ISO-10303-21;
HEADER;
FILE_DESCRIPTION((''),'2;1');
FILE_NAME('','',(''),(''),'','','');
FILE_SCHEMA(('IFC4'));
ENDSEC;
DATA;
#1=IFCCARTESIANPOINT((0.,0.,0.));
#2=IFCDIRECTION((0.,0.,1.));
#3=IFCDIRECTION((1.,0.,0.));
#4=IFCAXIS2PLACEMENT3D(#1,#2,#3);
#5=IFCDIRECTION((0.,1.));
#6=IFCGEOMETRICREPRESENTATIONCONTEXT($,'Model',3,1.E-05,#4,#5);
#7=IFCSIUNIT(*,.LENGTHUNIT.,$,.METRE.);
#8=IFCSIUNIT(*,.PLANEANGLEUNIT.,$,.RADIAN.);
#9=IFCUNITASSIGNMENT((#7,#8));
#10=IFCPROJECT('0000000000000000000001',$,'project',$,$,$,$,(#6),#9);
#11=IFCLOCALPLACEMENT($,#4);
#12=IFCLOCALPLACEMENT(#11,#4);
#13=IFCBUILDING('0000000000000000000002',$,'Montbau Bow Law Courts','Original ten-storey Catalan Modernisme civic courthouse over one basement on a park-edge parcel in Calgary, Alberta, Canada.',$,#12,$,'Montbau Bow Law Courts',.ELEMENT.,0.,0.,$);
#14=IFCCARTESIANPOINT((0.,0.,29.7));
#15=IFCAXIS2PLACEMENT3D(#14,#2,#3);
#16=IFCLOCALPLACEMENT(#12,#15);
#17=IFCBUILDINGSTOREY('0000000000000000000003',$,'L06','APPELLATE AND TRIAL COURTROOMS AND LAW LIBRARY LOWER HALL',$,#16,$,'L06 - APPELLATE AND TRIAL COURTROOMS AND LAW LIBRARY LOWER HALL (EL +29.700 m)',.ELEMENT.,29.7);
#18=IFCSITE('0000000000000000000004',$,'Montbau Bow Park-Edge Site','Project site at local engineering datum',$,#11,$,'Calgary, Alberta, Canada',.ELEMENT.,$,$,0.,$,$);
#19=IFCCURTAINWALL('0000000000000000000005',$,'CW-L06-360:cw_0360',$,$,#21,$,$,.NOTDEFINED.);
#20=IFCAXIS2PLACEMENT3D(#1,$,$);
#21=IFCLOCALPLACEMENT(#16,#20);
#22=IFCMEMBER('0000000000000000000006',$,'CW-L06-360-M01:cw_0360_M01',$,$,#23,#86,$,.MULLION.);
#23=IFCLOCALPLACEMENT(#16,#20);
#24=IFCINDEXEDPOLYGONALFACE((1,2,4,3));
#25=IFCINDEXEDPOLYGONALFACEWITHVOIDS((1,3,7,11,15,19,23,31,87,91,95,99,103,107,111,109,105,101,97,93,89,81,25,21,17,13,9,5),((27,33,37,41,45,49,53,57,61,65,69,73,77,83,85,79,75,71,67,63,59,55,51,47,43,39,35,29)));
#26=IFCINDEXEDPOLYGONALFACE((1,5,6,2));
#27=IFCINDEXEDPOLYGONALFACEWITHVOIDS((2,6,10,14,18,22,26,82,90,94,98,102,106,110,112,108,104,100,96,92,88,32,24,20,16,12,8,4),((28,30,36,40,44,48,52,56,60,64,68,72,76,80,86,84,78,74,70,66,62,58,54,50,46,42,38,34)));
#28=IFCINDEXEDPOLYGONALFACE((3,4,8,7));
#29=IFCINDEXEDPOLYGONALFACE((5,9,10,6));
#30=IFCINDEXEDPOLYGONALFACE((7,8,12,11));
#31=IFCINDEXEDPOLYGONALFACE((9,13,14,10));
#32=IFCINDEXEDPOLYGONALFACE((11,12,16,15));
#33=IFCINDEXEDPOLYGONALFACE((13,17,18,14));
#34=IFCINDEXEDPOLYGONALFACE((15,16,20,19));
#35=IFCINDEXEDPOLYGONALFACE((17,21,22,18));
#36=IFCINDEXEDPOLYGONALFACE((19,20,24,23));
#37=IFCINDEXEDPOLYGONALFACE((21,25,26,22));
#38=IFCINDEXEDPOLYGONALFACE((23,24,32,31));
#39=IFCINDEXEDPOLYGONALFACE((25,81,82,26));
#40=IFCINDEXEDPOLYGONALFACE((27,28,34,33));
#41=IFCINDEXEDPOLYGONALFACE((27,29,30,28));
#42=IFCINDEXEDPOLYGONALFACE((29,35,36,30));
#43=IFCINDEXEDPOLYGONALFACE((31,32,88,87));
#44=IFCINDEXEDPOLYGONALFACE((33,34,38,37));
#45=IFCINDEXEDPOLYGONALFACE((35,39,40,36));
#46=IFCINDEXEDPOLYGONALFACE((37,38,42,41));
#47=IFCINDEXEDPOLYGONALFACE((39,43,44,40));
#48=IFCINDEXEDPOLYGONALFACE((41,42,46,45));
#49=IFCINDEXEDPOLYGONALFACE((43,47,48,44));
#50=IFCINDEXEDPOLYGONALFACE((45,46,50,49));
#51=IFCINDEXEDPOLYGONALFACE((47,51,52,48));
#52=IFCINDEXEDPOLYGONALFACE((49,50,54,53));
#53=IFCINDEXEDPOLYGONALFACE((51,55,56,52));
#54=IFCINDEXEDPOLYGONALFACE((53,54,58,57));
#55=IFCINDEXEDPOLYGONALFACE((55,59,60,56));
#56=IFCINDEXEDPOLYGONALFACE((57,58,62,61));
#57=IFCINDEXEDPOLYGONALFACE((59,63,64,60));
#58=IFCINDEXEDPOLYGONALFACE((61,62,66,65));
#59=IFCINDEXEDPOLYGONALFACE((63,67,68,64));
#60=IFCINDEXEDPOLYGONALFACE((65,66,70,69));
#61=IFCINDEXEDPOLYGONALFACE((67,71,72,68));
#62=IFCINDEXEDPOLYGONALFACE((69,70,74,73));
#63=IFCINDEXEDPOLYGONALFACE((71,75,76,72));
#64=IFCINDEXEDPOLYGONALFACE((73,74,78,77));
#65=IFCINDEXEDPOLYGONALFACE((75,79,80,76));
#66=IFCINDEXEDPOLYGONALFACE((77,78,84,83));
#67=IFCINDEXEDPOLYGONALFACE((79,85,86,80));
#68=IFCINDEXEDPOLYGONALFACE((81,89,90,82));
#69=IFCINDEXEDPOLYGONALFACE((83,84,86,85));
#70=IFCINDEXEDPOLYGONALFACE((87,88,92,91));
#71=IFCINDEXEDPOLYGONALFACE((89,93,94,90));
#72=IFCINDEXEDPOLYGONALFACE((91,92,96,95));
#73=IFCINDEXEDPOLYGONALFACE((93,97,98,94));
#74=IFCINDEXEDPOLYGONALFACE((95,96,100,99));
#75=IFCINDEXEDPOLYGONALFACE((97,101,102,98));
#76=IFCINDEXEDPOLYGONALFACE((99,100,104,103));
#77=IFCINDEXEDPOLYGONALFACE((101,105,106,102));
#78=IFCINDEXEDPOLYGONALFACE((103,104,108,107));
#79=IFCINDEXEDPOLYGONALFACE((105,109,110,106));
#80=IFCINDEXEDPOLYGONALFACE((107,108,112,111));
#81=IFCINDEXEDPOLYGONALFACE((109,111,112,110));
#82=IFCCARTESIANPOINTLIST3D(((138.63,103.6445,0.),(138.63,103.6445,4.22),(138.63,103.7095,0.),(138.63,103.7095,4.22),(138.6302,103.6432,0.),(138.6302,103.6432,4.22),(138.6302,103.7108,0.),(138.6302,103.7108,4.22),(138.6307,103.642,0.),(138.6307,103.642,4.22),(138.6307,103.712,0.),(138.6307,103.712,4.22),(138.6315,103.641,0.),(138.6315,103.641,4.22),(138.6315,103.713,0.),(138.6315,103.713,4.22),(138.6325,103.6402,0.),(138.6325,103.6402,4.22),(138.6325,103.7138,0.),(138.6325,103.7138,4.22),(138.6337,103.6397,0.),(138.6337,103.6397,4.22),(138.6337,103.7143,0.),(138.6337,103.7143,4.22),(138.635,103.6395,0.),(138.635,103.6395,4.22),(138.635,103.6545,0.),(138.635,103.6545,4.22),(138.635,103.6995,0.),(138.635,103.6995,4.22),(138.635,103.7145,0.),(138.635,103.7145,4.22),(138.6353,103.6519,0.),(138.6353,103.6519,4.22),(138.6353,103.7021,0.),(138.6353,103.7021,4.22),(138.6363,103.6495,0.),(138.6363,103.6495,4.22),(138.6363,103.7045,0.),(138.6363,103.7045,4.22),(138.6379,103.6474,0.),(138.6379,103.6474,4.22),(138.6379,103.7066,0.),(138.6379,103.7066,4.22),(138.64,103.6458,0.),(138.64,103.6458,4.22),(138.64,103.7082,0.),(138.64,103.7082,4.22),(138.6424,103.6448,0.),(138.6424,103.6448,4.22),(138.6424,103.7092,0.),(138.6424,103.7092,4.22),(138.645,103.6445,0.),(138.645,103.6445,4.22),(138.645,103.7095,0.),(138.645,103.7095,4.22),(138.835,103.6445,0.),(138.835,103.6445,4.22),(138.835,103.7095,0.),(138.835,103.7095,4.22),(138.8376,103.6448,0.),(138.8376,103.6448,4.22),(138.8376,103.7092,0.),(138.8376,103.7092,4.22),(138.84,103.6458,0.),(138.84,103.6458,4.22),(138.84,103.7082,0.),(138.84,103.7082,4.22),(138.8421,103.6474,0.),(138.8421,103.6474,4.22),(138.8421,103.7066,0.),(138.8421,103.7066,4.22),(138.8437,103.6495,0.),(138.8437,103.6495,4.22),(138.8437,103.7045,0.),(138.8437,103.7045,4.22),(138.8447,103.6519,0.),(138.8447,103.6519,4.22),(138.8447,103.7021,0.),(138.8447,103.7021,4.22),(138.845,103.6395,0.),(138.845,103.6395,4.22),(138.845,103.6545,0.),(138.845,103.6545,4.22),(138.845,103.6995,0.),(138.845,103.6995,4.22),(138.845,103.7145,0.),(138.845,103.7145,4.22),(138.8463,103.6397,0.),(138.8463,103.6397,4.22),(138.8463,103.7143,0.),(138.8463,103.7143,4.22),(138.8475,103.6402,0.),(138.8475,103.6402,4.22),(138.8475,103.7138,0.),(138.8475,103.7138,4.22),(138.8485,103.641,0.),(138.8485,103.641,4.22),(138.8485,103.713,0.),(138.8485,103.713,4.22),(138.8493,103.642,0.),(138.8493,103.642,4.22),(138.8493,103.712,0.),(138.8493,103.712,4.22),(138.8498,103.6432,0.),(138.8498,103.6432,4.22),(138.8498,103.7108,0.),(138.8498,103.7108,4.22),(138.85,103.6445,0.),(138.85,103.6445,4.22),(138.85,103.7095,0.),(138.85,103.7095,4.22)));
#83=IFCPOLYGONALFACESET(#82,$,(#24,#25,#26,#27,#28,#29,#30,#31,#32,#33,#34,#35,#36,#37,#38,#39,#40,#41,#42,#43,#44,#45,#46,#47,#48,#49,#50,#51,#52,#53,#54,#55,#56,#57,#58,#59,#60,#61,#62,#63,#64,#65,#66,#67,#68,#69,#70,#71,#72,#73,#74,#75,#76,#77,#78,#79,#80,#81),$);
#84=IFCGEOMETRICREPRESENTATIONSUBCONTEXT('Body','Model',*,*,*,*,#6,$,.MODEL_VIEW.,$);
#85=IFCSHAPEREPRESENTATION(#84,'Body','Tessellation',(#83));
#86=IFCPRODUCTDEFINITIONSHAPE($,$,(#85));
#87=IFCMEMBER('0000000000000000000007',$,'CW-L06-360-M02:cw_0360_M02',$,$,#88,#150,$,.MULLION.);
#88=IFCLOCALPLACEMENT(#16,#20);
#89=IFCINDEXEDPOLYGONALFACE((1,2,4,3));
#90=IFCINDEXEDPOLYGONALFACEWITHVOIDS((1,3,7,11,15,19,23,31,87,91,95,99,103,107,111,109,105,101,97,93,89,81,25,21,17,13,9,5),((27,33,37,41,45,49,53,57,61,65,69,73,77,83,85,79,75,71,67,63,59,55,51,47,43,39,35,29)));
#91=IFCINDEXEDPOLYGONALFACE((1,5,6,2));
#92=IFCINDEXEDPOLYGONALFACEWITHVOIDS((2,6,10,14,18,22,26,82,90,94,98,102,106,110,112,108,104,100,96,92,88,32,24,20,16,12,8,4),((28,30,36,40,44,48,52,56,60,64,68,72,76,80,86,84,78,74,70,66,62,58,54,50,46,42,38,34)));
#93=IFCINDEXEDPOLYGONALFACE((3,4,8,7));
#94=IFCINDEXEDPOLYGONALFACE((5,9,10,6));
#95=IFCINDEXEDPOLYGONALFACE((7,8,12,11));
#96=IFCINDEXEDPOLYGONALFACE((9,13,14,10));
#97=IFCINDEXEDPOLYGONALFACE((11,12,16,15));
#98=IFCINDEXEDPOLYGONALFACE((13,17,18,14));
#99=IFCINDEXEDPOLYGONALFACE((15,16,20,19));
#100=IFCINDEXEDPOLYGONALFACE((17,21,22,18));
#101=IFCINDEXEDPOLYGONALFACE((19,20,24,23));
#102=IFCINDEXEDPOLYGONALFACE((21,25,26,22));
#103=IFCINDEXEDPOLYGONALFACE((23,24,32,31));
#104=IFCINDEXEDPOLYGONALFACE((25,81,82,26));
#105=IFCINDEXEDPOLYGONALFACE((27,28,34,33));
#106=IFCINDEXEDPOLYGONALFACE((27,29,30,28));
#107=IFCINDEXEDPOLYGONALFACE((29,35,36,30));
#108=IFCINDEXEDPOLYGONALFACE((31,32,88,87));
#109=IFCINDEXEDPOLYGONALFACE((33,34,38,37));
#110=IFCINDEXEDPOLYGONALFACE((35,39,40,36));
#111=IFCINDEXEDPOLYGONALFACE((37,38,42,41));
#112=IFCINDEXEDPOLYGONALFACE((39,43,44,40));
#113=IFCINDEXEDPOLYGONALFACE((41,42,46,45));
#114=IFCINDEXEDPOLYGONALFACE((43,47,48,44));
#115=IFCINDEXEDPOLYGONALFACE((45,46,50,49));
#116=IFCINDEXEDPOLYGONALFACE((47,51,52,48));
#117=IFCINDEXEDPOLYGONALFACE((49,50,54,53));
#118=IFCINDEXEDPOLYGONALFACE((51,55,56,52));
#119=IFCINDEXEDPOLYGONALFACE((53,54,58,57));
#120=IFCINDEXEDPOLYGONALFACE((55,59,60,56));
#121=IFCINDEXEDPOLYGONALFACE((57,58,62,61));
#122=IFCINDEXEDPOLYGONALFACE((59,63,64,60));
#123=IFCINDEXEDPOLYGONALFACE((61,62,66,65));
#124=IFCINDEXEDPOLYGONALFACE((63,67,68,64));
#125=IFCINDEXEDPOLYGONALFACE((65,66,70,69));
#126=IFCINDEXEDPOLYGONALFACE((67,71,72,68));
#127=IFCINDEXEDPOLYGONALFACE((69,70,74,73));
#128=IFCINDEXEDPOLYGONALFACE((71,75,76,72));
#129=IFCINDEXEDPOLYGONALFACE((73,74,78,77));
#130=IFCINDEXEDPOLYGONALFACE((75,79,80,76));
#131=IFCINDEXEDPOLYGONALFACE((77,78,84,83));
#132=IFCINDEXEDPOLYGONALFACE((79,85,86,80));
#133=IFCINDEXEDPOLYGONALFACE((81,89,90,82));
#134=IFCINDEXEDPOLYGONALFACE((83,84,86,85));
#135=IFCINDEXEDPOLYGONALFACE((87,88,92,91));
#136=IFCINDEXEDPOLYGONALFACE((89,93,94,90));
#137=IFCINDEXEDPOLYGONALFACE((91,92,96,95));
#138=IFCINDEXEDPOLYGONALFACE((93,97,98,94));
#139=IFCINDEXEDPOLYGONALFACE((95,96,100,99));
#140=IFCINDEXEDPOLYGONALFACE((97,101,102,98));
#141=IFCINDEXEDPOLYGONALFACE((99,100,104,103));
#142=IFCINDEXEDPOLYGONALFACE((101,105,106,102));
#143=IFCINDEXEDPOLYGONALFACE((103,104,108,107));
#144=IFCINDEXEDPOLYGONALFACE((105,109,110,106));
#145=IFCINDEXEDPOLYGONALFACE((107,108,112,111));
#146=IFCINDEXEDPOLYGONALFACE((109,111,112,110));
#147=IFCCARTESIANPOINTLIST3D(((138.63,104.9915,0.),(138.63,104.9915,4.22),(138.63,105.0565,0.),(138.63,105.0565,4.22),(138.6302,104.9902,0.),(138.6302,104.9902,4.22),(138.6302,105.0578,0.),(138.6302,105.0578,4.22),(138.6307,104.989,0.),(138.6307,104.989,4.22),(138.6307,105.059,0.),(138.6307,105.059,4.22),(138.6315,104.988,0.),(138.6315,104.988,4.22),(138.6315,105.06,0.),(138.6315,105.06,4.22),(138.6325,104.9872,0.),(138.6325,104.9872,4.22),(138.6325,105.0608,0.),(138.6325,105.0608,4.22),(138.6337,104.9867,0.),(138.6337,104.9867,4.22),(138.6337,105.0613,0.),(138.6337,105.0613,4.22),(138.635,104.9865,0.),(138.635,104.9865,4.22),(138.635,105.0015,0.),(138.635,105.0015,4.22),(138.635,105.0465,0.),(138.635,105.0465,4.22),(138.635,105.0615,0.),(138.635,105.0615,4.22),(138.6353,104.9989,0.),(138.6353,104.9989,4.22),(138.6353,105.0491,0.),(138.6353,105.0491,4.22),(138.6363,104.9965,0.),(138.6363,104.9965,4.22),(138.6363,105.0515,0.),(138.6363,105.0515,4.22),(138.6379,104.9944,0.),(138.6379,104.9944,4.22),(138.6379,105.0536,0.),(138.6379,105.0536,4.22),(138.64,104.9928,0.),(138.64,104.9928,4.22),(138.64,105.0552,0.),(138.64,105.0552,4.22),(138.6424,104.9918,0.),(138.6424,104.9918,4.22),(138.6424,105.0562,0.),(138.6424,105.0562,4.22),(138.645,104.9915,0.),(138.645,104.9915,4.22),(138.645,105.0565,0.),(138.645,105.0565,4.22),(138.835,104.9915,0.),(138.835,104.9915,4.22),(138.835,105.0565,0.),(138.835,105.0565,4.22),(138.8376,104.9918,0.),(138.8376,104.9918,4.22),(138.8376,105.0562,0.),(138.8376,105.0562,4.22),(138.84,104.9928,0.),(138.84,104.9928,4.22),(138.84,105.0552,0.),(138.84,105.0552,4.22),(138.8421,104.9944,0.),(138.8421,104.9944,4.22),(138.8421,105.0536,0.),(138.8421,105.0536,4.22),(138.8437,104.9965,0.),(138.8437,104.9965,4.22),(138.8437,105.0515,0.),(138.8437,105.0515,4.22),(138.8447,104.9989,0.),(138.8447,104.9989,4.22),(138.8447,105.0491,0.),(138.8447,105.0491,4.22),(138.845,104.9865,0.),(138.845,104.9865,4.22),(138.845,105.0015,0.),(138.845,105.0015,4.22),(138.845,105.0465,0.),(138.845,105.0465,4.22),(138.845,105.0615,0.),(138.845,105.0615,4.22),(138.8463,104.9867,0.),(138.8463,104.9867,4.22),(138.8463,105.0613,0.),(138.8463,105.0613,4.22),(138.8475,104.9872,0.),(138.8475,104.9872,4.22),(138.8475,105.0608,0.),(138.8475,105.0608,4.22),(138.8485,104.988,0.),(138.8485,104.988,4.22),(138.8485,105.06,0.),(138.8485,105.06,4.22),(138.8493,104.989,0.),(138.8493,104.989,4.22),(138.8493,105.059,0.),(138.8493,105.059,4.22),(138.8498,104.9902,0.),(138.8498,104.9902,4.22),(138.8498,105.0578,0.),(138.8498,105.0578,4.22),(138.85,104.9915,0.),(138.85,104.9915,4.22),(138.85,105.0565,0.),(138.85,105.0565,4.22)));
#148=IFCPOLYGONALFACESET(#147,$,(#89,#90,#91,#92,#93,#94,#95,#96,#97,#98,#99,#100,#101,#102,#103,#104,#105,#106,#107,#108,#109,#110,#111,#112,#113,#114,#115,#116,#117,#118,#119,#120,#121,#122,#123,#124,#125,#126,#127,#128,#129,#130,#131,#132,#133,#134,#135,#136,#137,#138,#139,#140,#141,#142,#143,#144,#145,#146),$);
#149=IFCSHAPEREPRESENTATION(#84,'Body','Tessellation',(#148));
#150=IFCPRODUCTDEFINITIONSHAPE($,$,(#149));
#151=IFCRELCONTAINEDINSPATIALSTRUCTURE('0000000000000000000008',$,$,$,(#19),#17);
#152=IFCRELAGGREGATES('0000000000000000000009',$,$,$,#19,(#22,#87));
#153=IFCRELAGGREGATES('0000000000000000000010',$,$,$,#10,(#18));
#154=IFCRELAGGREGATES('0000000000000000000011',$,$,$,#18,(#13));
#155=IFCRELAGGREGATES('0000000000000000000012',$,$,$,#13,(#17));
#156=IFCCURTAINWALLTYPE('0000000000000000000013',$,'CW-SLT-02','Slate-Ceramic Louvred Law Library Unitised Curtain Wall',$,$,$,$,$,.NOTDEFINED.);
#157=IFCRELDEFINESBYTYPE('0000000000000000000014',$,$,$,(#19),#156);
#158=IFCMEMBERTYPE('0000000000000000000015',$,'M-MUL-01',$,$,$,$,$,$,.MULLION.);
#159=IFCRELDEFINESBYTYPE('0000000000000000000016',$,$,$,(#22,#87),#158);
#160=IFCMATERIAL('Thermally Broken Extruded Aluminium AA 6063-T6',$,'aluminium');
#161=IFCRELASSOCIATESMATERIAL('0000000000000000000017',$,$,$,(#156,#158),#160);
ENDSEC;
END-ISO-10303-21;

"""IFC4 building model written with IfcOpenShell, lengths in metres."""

from ifc_helpers import new_model, si_unit, direction, frame, origin_with_axes, origin_2d_with_axis, place, context, subcontext, project, spatial, hollow_rectangle, extrude, material, material_profile, profile_set, type_object, element, aggregate, save


model = new_model("IFC4")

# Units and contexts
model_context = context("Model", 3, precision=1e-05, world=origin_with_axes(), true_north=direction((0.0, 1.0)))
body_context = subcontext(model_context, "Body", "Model", "MODEL_VIEW")
ifc_project = project(units=[si_unit("LENGTHUNIT", "METRE"), si_unit("PLANEANGLEUNIT", "RADIAN")], contexts=[model_context])

# Site, building, storey
site_placement = place(None, origin_with_axes())
site = spatial("IfcSite", under=ifc_project, at=site_placement, Name="Montbau Bow Park-Edge Site", Description="Project site at local engineering datum", LongName="Calgary, Alberta, Canada", CompositionType="ELEMENT", RefElevation=0.0)
building_placement = place(site_placement, origin_with_axes())
building = spatial("IfcBuilding", under=site, at=building_placement, Name="Montbau Bow Law Courts", Description="Original ten-storey Catalan Modernisme civic courthouse over one basement on a park-edge parcel in Calgary, Alberta, Canada.", LongName="Montbau Bow Law Courts", CompositionType="ELEMENT", ElevationOfRefHeight=0.0, ElevationOfTerrain=0.0)
storey_placement = place(building_placement, frame((0.0, 0.0, 29.7), z_axis=(0.0, 0.0, 1.0), x_axis=(1.0, 0.0, 0.0)))
storey = spatial("IfcBuildingStorey", under=building, at=storey_placement, Name="L06", Description="APPELLATE AND TRIAL COURTROOMS AND LAW LIBRARY LOWER HALL", LongName="L06 - APPELLATE AND TRIAL COURTROOMS AND LAW LIBRARY LOWER HALL (EL +29.700 m)", CompositionType="ELEMENT", Elevation=29.7)

# Curtain wall, members
ifc_material_1 = material(Name="Thermally Broken Extruded Aluminium AA 6063-T6", Category="aluminium")
curtain_wall_type = type_object("IfcCurtainWallType", Name="CW-SLT-02", Description="Slate-Ceramic Louvred Law Library Unitised Curtain Wall", PredefinedType="NOTDEFINED", material=ifc_material_1)
curtain_wall_placement = place(None, frame((138.74, 103.64, 29.7), z_axis=(0.0, 0.0, 1.0), x_axis=(1.0, 0.0, 0.0)))
curtain_wall = element("IfcCurtainWall", 1, at=curtain_wall_placement, inside=storey, type_object=curtain_wall_type, Name="CW-L06-360:cw_0360", PredefinedType="NOTDEFINED")
ifc_material_profile_1 = material_profile(ifc_material_1, hollow_rectangle(XDim=0.075, YDim=0.22, WallThickness=0.005, InnerFilletRadius=0.01, OuterFilletRadius=0.005, at=origin_2d_with_axis()), Name="CWM-220X75", Category="Main", Priority=0)
ifc_profile_set_1 = profile_set([ifc_material_profile_1], Name="Thermally Broken Extruded Aluminium AA 6063-T6")
member_type_1 = type_object("IfcMemberType", Name="M-MUL-01", PredefinedType="MULLION", material=ifc_profile_set_1)
member_1_placement = place(None, frame((138.74, 103.677, 29.7), z_axis=(0.0, 0.0, 1.0), x_axis=(0.0, 1.0, 0.0)))
member_1 = element("IfcMember", 2, at=member_1_placement, type_object=member_type_1, Name="CW-L06-360-M01:cw_0360_M01", PredefinedType="MULLION", context=body_context, shape_type="SweptSolid", body=[
    extrude(hollow_rectangle(XDim=0.075, YDim=0.22, WallThickness=0.005, InnerFilletRadius=0.01, OuterFilletRadius=0.005, at=origin_2d_with_axis()), origin_with_axes(), (0.0, 0.0, 1.0), 4.22),
])
member_2_placement = place(None, frame((138.74, 105.024, 29.7), z_axis=(0.0, 0.0, 1.0), x_axis=(0.0, 1.0, 0.0)))
member_2 = element("IfcMember", 3, at=member_2_placement, type_object=member_type_1, Name="CW-L06-360-M02:cw_0360_M02", PredefinedType="MULLION", context=body_context, shape_type="SweptSolid", body=[
    extrude(hollow_rectangle(XDim=0.075, YDim=0.22, WallThickness=0.005, InnerFilletRadius=0.01, OuterFilletRadius=0.005, at=origin_2d_with_axis()), origin_with_axes(), (0.0, 0.0, 1.0), 4.22),
])
aggregate(curtain_wall, [member_1, member_2])

save(model, "model.ifc")
